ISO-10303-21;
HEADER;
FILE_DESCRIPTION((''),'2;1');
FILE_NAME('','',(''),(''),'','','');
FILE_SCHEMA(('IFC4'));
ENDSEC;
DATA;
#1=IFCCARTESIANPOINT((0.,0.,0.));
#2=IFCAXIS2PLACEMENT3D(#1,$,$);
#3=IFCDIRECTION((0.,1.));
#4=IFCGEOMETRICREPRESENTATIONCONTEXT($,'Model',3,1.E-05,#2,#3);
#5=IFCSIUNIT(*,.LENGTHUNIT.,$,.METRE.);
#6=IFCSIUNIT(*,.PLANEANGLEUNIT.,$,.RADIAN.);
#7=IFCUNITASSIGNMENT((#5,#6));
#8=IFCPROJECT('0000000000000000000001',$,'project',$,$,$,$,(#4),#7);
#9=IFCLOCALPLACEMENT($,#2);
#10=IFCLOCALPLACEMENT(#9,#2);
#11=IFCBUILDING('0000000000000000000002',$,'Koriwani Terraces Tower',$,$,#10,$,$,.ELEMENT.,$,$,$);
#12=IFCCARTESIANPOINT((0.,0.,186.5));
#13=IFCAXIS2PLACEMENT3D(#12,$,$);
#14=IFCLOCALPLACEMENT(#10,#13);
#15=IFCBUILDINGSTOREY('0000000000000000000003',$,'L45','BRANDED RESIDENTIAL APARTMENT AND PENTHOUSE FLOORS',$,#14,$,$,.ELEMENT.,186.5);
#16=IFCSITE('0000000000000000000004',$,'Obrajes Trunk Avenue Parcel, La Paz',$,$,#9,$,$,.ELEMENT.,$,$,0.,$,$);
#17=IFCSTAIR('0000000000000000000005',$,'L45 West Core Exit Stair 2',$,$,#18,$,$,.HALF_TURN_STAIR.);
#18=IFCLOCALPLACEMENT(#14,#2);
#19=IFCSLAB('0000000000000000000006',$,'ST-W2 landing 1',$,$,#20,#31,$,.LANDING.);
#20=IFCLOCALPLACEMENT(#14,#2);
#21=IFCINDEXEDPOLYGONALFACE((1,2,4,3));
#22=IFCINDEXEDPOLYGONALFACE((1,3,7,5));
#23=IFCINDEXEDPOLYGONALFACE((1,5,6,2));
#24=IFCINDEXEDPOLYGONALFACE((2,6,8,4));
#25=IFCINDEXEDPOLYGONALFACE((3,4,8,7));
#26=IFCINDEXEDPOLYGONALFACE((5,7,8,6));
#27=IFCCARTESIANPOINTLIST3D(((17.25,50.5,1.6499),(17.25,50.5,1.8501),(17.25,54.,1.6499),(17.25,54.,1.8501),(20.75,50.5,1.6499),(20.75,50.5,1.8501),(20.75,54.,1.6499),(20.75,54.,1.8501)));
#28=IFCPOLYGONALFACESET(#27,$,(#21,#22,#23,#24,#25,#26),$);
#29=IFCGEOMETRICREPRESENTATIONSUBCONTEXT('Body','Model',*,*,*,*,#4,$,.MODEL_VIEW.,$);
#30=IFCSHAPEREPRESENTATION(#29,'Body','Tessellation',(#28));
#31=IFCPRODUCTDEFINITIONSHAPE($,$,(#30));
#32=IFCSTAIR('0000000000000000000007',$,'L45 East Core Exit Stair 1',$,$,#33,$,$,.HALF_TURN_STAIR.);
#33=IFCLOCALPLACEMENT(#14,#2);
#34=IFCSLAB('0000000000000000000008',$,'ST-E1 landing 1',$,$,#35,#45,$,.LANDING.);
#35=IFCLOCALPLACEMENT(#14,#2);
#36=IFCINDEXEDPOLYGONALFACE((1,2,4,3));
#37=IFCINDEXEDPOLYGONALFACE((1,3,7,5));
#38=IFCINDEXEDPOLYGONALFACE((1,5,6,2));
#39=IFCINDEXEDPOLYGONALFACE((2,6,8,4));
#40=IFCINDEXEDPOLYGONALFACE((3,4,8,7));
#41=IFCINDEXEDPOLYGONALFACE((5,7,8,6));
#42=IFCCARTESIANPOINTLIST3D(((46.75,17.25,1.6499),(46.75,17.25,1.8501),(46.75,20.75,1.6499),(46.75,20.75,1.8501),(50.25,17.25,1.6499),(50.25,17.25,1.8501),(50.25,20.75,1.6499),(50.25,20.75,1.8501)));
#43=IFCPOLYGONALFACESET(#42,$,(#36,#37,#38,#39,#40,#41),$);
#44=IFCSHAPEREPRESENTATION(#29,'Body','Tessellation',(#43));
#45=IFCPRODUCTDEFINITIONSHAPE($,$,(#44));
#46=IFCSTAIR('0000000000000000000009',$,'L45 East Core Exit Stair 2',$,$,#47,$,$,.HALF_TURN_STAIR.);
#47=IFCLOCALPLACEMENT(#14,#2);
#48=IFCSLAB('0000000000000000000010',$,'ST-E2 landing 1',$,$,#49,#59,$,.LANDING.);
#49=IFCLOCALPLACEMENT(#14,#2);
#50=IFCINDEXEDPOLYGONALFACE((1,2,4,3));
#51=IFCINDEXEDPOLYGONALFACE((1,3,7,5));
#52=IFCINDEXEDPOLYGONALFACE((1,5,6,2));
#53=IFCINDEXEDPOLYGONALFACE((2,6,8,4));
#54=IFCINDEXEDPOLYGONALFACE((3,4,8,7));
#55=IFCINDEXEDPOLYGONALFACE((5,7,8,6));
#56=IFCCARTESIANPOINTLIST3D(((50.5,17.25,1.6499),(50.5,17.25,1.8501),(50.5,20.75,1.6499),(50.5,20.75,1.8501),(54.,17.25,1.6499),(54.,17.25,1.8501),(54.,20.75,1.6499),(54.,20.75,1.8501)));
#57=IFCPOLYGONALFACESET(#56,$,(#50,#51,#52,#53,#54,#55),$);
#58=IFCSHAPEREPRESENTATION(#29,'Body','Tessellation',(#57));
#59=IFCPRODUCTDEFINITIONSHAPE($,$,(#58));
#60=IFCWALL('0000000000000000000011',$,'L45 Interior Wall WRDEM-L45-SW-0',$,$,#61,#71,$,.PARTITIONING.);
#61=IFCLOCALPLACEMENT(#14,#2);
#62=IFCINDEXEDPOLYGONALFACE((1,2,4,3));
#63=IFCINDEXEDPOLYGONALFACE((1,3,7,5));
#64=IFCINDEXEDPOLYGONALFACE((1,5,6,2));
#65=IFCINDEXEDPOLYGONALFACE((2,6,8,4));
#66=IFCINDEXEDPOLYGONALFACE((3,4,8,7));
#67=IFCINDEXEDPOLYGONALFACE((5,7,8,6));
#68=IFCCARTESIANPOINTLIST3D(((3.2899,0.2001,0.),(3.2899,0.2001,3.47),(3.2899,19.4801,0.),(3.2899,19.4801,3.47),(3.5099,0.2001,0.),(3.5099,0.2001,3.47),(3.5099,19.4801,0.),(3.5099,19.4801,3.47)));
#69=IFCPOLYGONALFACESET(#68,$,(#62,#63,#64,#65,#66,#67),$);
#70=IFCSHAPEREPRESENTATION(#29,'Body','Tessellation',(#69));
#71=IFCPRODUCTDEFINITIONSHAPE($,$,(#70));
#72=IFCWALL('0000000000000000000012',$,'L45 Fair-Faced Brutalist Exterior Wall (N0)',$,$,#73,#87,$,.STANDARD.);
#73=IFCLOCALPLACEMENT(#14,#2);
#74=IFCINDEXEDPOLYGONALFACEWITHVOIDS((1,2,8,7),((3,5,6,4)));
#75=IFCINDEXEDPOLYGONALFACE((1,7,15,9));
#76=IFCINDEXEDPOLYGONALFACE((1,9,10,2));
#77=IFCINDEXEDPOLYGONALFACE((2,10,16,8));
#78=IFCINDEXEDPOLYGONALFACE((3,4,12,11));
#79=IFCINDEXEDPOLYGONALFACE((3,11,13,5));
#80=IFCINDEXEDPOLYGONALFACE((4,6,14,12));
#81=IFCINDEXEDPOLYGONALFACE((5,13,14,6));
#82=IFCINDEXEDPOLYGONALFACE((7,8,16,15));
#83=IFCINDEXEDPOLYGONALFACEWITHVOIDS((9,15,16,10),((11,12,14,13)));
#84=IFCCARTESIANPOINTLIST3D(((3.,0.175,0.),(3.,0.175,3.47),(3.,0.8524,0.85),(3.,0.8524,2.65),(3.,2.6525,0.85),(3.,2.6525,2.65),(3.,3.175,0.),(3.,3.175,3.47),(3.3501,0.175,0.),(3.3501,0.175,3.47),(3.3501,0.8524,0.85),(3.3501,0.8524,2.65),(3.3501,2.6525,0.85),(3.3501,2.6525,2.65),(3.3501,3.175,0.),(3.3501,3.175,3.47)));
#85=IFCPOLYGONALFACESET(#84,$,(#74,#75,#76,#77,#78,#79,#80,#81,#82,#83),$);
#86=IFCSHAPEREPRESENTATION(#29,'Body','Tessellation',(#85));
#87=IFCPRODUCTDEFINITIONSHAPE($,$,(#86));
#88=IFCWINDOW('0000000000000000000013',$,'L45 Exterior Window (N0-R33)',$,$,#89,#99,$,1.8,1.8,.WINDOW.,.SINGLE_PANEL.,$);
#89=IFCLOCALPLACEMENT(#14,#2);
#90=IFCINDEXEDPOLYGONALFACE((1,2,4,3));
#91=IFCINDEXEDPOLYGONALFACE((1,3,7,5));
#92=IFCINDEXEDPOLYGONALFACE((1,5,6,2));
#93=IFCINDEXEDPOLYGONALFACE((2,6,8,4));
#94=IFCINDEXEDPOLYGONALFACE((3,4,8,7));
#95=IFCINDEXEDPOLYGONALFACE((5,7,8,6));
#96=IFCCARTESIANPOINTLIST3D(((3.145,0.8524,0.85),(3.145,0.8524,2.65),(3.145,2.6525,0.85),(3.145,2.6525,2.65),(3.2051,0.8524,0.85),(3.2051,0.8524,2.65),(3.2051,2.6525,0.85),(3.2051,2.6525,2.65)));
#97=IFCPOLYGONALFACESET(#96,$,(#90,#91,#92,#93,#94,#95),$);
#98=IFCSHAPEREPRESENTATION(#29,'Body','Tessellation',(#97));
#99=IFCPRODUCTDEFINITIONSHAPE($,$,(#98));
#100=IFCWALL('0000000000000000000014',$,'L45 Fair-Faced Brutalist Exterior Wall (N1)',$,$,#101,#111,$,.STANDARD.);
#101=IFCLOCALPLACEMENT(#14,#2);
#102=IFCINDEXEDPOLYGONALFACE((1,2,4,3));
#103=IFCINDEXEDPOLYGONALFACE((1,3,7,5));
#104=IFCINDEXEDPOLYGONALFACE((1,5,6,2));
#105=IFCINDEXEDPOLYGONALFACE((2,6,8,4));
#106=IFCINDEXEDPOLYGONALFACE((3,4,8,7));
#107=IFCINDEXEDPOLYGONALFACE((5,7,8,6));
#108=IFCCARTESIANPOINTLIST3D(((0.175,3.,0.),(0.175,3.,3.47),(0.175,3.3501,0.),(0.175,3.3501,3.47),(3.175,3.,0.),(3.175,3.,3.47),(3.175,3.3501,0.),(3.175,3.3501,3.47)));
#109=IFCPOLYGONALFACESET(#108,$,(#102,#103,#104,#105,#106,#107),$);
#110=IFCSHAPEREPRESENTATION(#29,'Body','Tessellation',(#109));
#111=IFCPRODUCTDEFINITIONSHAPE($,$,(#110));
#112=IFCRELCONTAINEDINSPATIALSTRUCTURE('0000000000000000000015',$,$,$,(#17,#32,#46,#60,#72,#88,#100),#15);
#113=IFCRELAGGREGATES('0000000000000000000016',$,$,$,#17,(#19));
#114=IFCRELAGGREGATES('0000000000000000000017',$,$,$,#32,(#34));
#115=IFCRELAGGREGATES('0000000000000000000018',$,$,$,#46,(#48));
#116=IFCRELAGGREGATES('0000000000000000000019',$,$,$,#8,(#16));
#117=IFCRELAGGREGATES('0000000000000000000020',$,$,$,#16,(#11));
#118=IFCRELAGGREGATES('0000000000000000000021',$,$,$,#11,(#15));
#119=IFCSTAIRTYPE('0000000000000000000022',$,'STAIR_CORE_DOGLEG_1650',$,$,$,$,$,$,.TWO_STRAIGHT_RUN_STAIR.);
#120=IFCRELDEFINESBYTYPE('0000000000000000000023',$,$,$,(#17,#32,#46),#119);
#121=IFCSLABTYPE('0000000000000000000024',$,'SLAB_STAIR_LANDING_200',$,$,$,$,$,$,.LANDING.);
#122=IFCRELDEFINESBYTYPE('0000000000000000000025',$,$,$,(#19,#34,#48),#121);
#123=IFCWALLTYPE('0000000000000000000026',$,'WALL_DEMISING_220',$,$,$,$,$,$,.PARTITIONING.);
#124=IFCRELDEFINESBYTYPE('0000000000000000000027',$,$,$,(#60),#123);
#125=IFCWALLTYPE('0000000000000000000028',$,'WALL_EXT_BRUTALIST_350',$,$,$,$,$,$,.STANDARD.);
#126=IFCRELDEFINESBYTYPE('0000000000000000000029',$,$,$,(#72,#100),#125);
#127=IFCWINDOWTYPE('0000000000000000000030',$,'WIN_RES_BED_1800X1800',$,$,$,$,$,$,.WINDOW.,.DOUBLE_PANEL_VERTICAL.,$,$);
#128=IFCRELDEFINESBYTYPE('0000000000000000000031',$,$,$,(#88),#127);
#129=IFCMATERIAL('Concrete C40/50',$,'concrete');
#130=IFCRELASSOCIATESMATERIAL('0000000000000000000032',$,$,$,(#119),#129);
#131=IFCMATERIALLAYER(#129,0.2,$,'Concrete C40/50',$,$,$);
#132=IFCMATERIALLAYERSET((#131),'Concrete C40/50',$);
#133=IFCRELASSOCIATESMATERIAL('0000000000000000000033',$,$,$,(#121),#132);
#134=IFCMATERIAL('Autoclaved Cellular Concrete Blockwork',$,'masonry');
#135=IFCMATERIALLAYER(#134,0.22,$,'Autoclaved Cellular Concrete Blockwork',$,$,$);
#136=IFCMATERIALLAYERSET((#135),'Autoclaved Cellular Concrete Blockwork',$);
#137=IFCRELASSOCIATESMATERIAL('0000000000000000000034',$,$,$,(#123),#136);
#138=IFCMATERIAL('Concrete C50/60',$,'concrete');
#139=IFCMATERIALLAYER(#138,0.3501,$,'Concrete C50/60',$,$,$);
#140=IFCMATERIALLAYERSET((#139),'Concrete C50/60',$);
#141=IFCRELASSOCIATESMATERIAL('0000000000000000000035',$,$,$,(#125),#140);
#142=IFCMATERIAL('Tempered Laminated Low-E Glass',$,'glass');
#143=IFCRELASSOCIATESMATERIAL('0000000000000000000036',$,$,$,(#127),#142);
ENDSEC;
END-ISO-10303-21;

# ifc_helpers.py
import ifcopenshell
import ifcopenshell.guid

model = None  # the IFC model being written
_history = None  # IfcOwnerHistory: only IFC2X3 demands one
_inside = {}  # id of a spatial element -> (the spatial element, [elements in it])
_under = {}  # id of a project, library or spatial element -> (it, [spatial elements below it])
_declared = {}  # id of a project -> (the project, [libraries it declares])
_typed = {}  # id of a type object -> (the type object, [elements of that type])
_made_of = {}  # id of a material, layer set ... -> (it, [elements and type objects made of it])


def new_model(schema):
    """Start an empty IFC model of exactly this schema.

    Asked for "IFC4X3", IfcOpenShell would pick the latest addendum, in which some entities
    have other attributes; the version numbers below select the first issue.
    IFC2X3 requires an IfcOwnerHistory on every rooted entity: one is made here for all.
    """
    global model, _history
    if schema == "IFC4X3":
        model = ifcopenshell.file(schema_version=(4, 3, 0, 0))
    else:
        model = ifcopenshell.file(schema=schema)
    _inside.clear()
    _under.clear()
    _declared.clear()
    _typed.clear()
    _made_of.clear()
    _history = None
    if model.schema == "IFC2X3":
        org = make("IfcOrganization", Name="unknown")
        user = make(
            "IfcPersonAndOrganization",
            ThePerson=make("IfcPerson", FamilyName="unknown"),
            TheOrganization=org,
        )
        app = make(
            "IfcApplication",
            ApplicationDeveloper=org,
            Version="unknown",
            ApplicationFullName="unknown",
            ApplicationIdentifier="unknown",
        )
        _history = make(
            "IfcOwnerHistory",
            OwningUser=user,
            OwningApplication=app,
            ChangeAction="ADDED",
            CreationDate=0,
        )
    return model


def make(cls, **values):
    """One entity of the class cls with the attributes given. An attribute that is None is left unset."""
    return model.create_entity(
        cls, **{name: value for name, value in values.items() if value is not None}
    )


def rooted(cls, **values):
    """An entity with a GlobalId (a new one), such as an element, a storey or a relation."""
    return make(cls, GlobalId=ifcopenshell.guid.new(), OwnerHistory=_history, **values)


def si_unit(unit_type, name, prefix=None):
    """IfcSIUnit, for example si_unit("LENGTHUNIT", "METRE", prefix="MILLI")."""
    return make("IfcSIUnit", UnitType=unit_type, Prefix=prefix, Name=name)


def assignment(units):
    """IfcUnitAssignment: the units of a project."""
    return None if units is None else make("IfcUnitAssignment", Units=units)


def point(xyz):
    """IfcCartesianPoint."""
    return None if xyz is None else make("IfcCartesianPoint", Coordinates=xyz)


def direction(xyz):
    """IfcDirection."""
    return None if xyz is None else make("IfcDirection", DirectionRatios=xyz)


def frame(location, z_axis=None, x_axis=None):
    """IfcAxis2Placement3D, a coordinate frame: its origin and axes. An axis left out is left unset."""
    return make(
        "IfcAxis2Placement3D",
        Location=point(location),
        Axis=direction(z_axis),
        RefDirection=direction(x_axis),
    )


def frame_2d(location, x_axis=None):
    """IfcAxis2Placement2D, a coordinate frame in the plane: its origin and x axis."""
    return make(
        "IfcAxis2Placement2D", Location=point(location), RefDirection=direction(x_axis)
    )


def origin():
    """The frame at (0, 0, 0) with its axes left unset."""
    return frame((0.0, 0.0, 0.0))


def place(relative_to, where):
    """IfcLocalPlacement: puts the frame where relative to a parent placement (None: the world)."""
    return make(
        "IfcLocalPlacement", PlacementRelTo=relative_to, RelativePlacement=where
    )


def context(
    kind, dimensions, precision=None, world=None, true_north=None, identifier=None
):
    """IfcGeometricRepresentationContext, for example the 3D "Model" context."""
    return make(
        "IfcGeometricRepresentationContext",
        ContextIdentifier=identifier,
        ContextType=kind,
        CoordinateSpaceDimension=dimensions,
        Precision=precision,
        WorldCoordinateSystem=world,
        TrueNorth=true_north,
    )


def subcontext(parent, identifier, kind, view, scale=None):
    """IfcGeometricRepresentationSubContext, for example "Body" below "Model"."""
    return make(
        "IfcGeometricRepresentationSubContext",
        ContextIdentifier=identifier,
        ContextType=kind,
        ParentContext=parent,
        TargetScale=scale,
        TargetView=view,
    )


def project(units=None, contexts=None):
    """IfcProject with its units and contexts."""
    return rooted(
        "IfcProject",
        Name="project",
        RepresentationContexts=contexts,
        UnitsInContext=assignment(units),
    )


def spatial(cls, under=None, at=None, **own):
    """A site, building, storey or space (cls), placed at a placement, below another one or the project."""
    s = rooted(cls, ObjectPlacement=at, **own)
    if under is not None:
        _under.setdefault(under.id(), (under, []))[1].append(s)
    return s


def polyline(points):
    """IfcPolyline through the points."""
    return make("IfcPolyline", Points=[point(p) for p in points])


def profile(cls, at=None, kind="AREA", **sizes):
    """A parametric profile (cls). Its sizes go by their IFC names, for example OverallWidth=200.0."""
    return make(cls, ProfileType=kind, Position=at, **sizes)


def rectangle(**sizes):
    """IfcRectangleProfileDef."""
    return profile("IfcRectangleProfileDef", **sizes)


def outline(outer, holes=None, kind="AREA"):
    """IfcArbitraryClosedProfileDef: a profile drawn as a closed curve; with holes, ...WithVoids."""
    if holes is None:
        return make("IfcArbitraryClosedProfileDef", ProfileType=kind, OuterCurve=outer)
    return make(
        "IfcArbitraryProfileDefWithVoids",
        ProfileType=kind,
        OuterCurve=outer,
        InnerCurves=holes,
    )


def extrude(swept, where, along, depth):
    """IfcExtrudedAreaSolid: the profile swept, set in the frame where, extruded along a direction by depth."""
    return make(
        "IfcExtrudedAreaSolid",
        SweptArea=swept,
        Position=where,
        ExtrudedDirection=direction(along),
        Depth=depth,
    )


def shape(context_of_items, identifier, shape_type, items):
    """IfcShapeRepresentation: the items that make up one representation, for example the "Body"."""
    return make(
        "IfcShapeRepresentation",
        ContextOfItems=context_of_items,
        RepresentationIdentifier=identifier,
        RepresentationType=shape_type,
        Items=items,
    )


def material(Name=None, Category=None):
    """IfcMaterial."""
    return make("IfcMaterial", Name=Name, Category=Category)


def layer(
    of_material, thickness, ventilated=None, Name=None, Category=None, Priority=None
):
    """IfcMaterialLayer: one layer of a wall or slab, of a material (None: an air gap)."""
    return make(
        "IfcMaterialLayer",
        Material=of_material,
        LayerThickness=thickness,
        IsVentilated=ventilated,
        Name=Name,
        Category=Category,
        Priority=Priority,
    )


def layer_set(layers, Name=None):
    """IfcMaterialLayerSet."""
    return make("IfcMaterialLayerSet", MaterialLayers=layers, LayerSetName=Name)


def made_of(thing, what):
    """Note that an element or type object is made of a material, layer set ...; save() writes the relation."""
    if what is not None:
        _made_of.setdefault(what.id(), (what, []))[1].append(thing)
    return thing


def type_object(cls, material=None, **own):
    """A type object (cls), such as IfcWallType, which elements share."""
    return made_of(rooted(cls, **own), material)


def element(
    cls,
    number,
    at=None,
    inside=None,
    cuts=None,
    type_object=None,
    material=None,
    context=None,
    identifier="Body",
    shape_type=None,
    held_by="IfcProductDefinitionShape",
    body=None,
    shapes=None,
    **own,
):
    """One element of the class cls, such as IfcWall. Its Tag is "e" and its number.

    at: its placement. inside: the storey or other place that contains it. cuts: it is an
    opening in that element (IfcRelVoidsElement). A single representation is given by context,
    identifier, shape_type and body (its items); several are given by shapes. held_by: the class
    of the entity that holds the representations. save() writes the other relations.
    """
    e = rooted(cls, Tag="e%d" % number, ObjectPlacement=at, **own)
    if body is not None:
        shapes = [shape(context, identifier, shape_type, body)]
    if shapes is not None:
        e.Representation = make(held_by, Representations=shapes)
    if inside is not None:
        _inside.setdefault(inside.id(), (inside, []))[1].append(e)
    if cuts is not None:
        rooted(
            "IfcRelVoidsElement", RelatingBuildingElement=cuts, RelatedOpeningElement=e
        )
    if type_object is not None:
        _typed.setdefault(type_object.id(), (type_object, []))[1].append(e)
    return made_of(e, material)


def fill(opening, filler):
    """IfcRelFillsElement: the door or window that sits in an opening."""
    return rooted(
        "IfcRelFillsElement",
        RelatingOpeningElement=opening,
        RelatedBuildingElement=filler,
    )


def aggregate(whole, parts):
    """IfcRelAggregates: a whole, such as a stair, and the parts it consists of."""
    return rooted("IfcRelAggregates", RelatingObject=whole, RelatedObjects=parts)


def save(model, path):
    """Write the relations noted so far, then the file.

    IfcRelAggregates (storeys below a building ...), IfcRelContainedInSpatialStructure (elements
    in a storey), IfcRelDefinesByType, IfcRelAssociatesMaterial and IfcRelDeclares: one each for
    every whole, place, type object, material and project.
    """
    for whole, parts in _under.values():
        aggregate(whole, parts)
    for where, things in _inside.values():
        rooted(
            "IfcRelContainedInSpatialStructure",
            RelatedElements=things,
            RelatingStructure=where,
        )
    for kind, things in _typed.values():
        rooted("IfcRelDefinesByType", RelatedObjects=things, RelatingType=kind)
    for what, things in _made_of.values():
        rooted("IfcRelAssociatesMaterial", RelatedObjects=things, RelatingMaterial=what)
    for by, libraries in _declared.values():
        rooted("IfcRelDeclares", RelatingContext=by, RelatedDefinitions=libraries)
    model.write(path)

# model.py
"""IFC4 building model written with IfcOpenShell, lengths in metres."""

from ifc_helpers import new_model, si_unit, direction, frame, frame_2d, origin, place, context, subcontext, project, spatial, polyline, rectangle, outline, extrude, material, layer, layer_set, type_object, element, fill, aggregate, save


model = new_model("IFC4")

# Units and contexts
model_context = context("Model", 3, precision=1e-05, world=origin(), true_north=direction((0.0, 1.0)))
body_context = subcontext(model_context, "Body", "Model", "MODEL_VIEW")
ifc_project = project(units=[si_unit("LENGTHUNIT", "METRE"), si_unit("PLANEANGLEUNIT", "RADIAN")], contexts=[model_context])

# Site, building, storey
site_placement = place(None, origin())
site = spatial("IfcSite", under=ifc_project, at=site_placement, Name="Obrajes Trunk Avenue Parcel, La Paz", CompositionType="ELEMENT", RefElevation=0.0)
building_placement = place(site_placement, origin())
building = spatial("IfcBuilding", under=site, at=building_placement, Name="Koriwani Terraces Tower", CompositionType="ELEMENT")
storey_placement = place(building_placement, frame((0.0, 0.0, 186.5)))
storey = spatial("IfcBuildingStorey", under=building, at=storey_placement, Name="L45", Description="BRANDED RESIDENTIAL APARTMENT AND PENTHOUSE FLOORS", CompositionType="ELEMENT", Elevation=186.5)

# Shared definitions
ifc_material_1 = material(Name="Concrete C50/60", Category="concrete")

# Shared definitions
ifc_material_2 = material(Name="Concrete C40/50", Category="concrete")

# Stairs, slabs
stair_type = type_object("IfcStairType", Name="STAIR_CORE_DOGLEG_1650", PredefinedType="TWO_STRAIGHT_RUN_STAIR", material=ifc_material_2)
ifc_layer_1 = layer(ifc_material_2, 0.2, Name="Concrete C40/50")
ifc_layer_set_1 = layer_set([ifc_layer_1], Name="Concrete C40/50")
slab_type_1 = type_object("IfcSlabType", Name="SLAB_STAIR_LANDING_200", PredefinedType="LANDING", material=ifc_layer_set_1)
stair_1_placement = place(storey_placement, origin())
stair_1 = element("IfcStair", 1, at=stair_1_placement, inside=storey, type_object=stair_type, Name="L45 West Core Exit Stair 2", PredefinedType="HALF_TURN_STAIR")
slab_1_placement = place(storey_placement, frame((0.0, 0.0, 1.6499)))
slab_1 = element("IfcSlab", 2, at=slab_1_placement, type_object=slab_type_1, Name="ST-W2 landing 1", PredefinedType="LANDING", context=body_context, shape_type="SweptSolid", body=[
    extrude(outline(polyline([(17.25, 54.0), (17.25, 50.5), (20.75, 50.5), (20.75, 54.0), (17.25, 54.0)])), origin(), (0.0, 0.0, 1.0), 0.2002),
])
aggregate(stair_1, [slab_1])
stair_2_placement = place(storey_placement, origin())
stair_2 = element("IfcStair", 3, at=stair_2_placement, inside=storey, type_object=stair_type, Name="L45 East Core Exit Stair 1", PredefinedType="HALF_TURN_STAIR")
slab_2_placement = place(storey_placement, frame((0.0, 0.0, 1.6499)))
slab_2 = element("IfcSlab", 4, at=slab_2_placement, type_object=slab_type_1, Name="ST-E1 landing 1", PredefinedType="LANDING", context=body_context, shape_type="SweptSolid", body=[
    extrude(outline(polyline([(46.75, 17.25), (50.25, 17.25), (50.25, 20.75), (46.75, 20.75), (46.75, 17.25)])), origin(), (0.0, 0.0, 1.0), 0.2002),
])
aggregate(stair_2, [slab_2])
stair_3_placement = place(storey_placement, origin())
stair_3 = element("IfcStair", 5, at=stair_3_placement, inside=storey, type_object=stair_type, Name="L45 East Core Exit Stair 2", PredefinedType="HALF_TURN_STAIR")
slab_3_placement = place(storey_placement, frame((0.0, 0.0, 1.6499)))
slab_3 = element("IfcSlab", 6, at=slab_3_placement, type_object=slab_type_1, Name="ST-E2 landing 1", PredefinedType="LANDING", context=body_context, shape_type="SweptSolid", body=[
    extrude(outline(polyline([(54.0, 20.75), (50.5, 20.75), (50.5, 17.25), (54.0, 17.25), (54.0, 20.75)])), origin(), (0.0, 0.0, 1.0), 0.2002),
])
aggregate(stair_3, [slab_3])

# Wall
ifc_material_3 = material(Name="Autoclaved Cellular Concrete Blockwork", Category="masonry")
ifc_layer_2 = layer(ifc_material_3, 0.22, Name="Autoclaved Cellular Concrete Blockwork")
ifc_layer_set_2 = layer_set([ifc_layer_2], Name="Autoclaved Cellular Concrete Blockwork")
wall_type_1 = type_object("IfcWallType", Name="WALL_DEMISING_220", PredefinedType="PARTITIONING", material=ifc_layer_set_2)
wall_1_placement = place(storey_placement, frame((3.3999, 0.2, 0.0), z_axis=(0.0, 0.0, 1.0), x_axis=(0.0, 1.0, 0.0)))
element("IfcWall", 7, at=wall_1_placement, inside=storey, type_object=wall_type_1, Name="L45 Interior Wall WRDEM-L45-SW-0", PredefinedType="PARTITIONING", context=body_context, shape_type="SweptSolid", body=[
    extrude(rectangle(XDim=19.28, YDim=0.22, at=frame_2d((9.6401, 0.0))), origin(), (0.0, 0.0, 1.0), 3.47),
])

# Wall, opening, window
ifc_layer_3 = layer(ifc_material_1, 0.3501, Name="Concrete C50/60")
ifc_layer_set_3 = layer_set([ifc_layer_3], Name="Concrete C50/60")
wall_type_2 = type_object("IfcWallType", Name="WALL_EXT_BRUTALIST_350", PredefinedType="STANDARD", material=ifc_layer_set_3)
wall_2_placement = place(storey_placement, frame((3.175, 0.175, 0.0), z_axis=(0.0, 0.0, 1.0), x_axis=(0.0, 1.0, 0.0)))
wall_2 = element("IfcWall", 8, at=wall_2_placement, inside=storey, type_object=wall_type_2, Name="L45 Fair-Faced Brutalist Exterior Wall (N0)", PredefinedType="STANDARD", context=body_context, shape_type="SweptSolid", body=[
    extrude(rectangle(XDim=3.0, YDim=0.3501, at=frame_2d((1.5, 0.0))), origin(), (0.0, 0.0, 1.0), 3.47),
])
opening_1_placement = place(wall_2_placement, frame((0.6775, 0.0, 0.8501)))
opening_1 = element("IfcOpeningElement", 9, at=opening_1_placement, cuts=wall_2, PredefinedType="OPENING", context=body_context, shape_type="SweptSolid", body=[
    extrude(rectangle(XDim=1.8, YDim=1.8, at=frame_2d((0.8999, 0.8999))), frame((0.0, 0.1851, 0.0), z_axis=(0.0, -1.0, 0.0), x_axis=(1.0, 0.0, 0.0)), (0.0, 0.0, 1.0), 0.3701),
])
ifc_material_4 = material(Name="Tempered Laminated Low-E Glass", Category="glass")
window_type = type_object("IfcWindowType", Name="WIN_RES_BED_1800X1800", PartitioningType="DOUBLE_PANEL_VERTICAL", PredefinedType="WINDOW", material=ifc_material_4)
window_1_placement = place(opening_1_placement, origin())
window_1 = element("IfcWindow", 10, at=window_1_placement, inside=storey, type_object=window_type, Name="L45 Exterior Window (N0-R33)", OverallHeight=1.8, OverallWidth=1.8, PartitioningType="SINGLE_PANEL", PredefinedType="WINDOW", context=body_context, shape_type="SweptSolid", body=[
    extrude(rectangle(XDim=1.8, YDim=1.8, at=frame_2d((0.8999, 0.8999))), frame((0.0, 0.03, 0.0), z_axis=(0.0, -1.0, 0.0), x_axis=(1.0, 0.0, 0.0)), (0.0, 0.0, 1.0), 0.0601),
])
fill(opening_1, window_1)

# Wall
wall_3_placement = place(storey_placement, frame((3.175, 3.175, 0.0), z_axis=(0.0, 0.0, 1.0), x_axis=(-1.0, 0.0, 0.0)))
element("IfcWall", 11, at=wall_3_placement, inside=storey, type_object=wall_type_2, Name="L45 Fair-Faced Brutalist Exterior Wall (N1)", PredefinedType="STANDARD", context=body_context, shape_type="SweptSolid", body=[
    extrude(rectangle(XDim=3.0, YDim=0.3501, at=frame_2d((1.5, 0.0))), origin(), (0.0, 0.0, 1.0), 3.47),
])

save(model, "model.ifc")
